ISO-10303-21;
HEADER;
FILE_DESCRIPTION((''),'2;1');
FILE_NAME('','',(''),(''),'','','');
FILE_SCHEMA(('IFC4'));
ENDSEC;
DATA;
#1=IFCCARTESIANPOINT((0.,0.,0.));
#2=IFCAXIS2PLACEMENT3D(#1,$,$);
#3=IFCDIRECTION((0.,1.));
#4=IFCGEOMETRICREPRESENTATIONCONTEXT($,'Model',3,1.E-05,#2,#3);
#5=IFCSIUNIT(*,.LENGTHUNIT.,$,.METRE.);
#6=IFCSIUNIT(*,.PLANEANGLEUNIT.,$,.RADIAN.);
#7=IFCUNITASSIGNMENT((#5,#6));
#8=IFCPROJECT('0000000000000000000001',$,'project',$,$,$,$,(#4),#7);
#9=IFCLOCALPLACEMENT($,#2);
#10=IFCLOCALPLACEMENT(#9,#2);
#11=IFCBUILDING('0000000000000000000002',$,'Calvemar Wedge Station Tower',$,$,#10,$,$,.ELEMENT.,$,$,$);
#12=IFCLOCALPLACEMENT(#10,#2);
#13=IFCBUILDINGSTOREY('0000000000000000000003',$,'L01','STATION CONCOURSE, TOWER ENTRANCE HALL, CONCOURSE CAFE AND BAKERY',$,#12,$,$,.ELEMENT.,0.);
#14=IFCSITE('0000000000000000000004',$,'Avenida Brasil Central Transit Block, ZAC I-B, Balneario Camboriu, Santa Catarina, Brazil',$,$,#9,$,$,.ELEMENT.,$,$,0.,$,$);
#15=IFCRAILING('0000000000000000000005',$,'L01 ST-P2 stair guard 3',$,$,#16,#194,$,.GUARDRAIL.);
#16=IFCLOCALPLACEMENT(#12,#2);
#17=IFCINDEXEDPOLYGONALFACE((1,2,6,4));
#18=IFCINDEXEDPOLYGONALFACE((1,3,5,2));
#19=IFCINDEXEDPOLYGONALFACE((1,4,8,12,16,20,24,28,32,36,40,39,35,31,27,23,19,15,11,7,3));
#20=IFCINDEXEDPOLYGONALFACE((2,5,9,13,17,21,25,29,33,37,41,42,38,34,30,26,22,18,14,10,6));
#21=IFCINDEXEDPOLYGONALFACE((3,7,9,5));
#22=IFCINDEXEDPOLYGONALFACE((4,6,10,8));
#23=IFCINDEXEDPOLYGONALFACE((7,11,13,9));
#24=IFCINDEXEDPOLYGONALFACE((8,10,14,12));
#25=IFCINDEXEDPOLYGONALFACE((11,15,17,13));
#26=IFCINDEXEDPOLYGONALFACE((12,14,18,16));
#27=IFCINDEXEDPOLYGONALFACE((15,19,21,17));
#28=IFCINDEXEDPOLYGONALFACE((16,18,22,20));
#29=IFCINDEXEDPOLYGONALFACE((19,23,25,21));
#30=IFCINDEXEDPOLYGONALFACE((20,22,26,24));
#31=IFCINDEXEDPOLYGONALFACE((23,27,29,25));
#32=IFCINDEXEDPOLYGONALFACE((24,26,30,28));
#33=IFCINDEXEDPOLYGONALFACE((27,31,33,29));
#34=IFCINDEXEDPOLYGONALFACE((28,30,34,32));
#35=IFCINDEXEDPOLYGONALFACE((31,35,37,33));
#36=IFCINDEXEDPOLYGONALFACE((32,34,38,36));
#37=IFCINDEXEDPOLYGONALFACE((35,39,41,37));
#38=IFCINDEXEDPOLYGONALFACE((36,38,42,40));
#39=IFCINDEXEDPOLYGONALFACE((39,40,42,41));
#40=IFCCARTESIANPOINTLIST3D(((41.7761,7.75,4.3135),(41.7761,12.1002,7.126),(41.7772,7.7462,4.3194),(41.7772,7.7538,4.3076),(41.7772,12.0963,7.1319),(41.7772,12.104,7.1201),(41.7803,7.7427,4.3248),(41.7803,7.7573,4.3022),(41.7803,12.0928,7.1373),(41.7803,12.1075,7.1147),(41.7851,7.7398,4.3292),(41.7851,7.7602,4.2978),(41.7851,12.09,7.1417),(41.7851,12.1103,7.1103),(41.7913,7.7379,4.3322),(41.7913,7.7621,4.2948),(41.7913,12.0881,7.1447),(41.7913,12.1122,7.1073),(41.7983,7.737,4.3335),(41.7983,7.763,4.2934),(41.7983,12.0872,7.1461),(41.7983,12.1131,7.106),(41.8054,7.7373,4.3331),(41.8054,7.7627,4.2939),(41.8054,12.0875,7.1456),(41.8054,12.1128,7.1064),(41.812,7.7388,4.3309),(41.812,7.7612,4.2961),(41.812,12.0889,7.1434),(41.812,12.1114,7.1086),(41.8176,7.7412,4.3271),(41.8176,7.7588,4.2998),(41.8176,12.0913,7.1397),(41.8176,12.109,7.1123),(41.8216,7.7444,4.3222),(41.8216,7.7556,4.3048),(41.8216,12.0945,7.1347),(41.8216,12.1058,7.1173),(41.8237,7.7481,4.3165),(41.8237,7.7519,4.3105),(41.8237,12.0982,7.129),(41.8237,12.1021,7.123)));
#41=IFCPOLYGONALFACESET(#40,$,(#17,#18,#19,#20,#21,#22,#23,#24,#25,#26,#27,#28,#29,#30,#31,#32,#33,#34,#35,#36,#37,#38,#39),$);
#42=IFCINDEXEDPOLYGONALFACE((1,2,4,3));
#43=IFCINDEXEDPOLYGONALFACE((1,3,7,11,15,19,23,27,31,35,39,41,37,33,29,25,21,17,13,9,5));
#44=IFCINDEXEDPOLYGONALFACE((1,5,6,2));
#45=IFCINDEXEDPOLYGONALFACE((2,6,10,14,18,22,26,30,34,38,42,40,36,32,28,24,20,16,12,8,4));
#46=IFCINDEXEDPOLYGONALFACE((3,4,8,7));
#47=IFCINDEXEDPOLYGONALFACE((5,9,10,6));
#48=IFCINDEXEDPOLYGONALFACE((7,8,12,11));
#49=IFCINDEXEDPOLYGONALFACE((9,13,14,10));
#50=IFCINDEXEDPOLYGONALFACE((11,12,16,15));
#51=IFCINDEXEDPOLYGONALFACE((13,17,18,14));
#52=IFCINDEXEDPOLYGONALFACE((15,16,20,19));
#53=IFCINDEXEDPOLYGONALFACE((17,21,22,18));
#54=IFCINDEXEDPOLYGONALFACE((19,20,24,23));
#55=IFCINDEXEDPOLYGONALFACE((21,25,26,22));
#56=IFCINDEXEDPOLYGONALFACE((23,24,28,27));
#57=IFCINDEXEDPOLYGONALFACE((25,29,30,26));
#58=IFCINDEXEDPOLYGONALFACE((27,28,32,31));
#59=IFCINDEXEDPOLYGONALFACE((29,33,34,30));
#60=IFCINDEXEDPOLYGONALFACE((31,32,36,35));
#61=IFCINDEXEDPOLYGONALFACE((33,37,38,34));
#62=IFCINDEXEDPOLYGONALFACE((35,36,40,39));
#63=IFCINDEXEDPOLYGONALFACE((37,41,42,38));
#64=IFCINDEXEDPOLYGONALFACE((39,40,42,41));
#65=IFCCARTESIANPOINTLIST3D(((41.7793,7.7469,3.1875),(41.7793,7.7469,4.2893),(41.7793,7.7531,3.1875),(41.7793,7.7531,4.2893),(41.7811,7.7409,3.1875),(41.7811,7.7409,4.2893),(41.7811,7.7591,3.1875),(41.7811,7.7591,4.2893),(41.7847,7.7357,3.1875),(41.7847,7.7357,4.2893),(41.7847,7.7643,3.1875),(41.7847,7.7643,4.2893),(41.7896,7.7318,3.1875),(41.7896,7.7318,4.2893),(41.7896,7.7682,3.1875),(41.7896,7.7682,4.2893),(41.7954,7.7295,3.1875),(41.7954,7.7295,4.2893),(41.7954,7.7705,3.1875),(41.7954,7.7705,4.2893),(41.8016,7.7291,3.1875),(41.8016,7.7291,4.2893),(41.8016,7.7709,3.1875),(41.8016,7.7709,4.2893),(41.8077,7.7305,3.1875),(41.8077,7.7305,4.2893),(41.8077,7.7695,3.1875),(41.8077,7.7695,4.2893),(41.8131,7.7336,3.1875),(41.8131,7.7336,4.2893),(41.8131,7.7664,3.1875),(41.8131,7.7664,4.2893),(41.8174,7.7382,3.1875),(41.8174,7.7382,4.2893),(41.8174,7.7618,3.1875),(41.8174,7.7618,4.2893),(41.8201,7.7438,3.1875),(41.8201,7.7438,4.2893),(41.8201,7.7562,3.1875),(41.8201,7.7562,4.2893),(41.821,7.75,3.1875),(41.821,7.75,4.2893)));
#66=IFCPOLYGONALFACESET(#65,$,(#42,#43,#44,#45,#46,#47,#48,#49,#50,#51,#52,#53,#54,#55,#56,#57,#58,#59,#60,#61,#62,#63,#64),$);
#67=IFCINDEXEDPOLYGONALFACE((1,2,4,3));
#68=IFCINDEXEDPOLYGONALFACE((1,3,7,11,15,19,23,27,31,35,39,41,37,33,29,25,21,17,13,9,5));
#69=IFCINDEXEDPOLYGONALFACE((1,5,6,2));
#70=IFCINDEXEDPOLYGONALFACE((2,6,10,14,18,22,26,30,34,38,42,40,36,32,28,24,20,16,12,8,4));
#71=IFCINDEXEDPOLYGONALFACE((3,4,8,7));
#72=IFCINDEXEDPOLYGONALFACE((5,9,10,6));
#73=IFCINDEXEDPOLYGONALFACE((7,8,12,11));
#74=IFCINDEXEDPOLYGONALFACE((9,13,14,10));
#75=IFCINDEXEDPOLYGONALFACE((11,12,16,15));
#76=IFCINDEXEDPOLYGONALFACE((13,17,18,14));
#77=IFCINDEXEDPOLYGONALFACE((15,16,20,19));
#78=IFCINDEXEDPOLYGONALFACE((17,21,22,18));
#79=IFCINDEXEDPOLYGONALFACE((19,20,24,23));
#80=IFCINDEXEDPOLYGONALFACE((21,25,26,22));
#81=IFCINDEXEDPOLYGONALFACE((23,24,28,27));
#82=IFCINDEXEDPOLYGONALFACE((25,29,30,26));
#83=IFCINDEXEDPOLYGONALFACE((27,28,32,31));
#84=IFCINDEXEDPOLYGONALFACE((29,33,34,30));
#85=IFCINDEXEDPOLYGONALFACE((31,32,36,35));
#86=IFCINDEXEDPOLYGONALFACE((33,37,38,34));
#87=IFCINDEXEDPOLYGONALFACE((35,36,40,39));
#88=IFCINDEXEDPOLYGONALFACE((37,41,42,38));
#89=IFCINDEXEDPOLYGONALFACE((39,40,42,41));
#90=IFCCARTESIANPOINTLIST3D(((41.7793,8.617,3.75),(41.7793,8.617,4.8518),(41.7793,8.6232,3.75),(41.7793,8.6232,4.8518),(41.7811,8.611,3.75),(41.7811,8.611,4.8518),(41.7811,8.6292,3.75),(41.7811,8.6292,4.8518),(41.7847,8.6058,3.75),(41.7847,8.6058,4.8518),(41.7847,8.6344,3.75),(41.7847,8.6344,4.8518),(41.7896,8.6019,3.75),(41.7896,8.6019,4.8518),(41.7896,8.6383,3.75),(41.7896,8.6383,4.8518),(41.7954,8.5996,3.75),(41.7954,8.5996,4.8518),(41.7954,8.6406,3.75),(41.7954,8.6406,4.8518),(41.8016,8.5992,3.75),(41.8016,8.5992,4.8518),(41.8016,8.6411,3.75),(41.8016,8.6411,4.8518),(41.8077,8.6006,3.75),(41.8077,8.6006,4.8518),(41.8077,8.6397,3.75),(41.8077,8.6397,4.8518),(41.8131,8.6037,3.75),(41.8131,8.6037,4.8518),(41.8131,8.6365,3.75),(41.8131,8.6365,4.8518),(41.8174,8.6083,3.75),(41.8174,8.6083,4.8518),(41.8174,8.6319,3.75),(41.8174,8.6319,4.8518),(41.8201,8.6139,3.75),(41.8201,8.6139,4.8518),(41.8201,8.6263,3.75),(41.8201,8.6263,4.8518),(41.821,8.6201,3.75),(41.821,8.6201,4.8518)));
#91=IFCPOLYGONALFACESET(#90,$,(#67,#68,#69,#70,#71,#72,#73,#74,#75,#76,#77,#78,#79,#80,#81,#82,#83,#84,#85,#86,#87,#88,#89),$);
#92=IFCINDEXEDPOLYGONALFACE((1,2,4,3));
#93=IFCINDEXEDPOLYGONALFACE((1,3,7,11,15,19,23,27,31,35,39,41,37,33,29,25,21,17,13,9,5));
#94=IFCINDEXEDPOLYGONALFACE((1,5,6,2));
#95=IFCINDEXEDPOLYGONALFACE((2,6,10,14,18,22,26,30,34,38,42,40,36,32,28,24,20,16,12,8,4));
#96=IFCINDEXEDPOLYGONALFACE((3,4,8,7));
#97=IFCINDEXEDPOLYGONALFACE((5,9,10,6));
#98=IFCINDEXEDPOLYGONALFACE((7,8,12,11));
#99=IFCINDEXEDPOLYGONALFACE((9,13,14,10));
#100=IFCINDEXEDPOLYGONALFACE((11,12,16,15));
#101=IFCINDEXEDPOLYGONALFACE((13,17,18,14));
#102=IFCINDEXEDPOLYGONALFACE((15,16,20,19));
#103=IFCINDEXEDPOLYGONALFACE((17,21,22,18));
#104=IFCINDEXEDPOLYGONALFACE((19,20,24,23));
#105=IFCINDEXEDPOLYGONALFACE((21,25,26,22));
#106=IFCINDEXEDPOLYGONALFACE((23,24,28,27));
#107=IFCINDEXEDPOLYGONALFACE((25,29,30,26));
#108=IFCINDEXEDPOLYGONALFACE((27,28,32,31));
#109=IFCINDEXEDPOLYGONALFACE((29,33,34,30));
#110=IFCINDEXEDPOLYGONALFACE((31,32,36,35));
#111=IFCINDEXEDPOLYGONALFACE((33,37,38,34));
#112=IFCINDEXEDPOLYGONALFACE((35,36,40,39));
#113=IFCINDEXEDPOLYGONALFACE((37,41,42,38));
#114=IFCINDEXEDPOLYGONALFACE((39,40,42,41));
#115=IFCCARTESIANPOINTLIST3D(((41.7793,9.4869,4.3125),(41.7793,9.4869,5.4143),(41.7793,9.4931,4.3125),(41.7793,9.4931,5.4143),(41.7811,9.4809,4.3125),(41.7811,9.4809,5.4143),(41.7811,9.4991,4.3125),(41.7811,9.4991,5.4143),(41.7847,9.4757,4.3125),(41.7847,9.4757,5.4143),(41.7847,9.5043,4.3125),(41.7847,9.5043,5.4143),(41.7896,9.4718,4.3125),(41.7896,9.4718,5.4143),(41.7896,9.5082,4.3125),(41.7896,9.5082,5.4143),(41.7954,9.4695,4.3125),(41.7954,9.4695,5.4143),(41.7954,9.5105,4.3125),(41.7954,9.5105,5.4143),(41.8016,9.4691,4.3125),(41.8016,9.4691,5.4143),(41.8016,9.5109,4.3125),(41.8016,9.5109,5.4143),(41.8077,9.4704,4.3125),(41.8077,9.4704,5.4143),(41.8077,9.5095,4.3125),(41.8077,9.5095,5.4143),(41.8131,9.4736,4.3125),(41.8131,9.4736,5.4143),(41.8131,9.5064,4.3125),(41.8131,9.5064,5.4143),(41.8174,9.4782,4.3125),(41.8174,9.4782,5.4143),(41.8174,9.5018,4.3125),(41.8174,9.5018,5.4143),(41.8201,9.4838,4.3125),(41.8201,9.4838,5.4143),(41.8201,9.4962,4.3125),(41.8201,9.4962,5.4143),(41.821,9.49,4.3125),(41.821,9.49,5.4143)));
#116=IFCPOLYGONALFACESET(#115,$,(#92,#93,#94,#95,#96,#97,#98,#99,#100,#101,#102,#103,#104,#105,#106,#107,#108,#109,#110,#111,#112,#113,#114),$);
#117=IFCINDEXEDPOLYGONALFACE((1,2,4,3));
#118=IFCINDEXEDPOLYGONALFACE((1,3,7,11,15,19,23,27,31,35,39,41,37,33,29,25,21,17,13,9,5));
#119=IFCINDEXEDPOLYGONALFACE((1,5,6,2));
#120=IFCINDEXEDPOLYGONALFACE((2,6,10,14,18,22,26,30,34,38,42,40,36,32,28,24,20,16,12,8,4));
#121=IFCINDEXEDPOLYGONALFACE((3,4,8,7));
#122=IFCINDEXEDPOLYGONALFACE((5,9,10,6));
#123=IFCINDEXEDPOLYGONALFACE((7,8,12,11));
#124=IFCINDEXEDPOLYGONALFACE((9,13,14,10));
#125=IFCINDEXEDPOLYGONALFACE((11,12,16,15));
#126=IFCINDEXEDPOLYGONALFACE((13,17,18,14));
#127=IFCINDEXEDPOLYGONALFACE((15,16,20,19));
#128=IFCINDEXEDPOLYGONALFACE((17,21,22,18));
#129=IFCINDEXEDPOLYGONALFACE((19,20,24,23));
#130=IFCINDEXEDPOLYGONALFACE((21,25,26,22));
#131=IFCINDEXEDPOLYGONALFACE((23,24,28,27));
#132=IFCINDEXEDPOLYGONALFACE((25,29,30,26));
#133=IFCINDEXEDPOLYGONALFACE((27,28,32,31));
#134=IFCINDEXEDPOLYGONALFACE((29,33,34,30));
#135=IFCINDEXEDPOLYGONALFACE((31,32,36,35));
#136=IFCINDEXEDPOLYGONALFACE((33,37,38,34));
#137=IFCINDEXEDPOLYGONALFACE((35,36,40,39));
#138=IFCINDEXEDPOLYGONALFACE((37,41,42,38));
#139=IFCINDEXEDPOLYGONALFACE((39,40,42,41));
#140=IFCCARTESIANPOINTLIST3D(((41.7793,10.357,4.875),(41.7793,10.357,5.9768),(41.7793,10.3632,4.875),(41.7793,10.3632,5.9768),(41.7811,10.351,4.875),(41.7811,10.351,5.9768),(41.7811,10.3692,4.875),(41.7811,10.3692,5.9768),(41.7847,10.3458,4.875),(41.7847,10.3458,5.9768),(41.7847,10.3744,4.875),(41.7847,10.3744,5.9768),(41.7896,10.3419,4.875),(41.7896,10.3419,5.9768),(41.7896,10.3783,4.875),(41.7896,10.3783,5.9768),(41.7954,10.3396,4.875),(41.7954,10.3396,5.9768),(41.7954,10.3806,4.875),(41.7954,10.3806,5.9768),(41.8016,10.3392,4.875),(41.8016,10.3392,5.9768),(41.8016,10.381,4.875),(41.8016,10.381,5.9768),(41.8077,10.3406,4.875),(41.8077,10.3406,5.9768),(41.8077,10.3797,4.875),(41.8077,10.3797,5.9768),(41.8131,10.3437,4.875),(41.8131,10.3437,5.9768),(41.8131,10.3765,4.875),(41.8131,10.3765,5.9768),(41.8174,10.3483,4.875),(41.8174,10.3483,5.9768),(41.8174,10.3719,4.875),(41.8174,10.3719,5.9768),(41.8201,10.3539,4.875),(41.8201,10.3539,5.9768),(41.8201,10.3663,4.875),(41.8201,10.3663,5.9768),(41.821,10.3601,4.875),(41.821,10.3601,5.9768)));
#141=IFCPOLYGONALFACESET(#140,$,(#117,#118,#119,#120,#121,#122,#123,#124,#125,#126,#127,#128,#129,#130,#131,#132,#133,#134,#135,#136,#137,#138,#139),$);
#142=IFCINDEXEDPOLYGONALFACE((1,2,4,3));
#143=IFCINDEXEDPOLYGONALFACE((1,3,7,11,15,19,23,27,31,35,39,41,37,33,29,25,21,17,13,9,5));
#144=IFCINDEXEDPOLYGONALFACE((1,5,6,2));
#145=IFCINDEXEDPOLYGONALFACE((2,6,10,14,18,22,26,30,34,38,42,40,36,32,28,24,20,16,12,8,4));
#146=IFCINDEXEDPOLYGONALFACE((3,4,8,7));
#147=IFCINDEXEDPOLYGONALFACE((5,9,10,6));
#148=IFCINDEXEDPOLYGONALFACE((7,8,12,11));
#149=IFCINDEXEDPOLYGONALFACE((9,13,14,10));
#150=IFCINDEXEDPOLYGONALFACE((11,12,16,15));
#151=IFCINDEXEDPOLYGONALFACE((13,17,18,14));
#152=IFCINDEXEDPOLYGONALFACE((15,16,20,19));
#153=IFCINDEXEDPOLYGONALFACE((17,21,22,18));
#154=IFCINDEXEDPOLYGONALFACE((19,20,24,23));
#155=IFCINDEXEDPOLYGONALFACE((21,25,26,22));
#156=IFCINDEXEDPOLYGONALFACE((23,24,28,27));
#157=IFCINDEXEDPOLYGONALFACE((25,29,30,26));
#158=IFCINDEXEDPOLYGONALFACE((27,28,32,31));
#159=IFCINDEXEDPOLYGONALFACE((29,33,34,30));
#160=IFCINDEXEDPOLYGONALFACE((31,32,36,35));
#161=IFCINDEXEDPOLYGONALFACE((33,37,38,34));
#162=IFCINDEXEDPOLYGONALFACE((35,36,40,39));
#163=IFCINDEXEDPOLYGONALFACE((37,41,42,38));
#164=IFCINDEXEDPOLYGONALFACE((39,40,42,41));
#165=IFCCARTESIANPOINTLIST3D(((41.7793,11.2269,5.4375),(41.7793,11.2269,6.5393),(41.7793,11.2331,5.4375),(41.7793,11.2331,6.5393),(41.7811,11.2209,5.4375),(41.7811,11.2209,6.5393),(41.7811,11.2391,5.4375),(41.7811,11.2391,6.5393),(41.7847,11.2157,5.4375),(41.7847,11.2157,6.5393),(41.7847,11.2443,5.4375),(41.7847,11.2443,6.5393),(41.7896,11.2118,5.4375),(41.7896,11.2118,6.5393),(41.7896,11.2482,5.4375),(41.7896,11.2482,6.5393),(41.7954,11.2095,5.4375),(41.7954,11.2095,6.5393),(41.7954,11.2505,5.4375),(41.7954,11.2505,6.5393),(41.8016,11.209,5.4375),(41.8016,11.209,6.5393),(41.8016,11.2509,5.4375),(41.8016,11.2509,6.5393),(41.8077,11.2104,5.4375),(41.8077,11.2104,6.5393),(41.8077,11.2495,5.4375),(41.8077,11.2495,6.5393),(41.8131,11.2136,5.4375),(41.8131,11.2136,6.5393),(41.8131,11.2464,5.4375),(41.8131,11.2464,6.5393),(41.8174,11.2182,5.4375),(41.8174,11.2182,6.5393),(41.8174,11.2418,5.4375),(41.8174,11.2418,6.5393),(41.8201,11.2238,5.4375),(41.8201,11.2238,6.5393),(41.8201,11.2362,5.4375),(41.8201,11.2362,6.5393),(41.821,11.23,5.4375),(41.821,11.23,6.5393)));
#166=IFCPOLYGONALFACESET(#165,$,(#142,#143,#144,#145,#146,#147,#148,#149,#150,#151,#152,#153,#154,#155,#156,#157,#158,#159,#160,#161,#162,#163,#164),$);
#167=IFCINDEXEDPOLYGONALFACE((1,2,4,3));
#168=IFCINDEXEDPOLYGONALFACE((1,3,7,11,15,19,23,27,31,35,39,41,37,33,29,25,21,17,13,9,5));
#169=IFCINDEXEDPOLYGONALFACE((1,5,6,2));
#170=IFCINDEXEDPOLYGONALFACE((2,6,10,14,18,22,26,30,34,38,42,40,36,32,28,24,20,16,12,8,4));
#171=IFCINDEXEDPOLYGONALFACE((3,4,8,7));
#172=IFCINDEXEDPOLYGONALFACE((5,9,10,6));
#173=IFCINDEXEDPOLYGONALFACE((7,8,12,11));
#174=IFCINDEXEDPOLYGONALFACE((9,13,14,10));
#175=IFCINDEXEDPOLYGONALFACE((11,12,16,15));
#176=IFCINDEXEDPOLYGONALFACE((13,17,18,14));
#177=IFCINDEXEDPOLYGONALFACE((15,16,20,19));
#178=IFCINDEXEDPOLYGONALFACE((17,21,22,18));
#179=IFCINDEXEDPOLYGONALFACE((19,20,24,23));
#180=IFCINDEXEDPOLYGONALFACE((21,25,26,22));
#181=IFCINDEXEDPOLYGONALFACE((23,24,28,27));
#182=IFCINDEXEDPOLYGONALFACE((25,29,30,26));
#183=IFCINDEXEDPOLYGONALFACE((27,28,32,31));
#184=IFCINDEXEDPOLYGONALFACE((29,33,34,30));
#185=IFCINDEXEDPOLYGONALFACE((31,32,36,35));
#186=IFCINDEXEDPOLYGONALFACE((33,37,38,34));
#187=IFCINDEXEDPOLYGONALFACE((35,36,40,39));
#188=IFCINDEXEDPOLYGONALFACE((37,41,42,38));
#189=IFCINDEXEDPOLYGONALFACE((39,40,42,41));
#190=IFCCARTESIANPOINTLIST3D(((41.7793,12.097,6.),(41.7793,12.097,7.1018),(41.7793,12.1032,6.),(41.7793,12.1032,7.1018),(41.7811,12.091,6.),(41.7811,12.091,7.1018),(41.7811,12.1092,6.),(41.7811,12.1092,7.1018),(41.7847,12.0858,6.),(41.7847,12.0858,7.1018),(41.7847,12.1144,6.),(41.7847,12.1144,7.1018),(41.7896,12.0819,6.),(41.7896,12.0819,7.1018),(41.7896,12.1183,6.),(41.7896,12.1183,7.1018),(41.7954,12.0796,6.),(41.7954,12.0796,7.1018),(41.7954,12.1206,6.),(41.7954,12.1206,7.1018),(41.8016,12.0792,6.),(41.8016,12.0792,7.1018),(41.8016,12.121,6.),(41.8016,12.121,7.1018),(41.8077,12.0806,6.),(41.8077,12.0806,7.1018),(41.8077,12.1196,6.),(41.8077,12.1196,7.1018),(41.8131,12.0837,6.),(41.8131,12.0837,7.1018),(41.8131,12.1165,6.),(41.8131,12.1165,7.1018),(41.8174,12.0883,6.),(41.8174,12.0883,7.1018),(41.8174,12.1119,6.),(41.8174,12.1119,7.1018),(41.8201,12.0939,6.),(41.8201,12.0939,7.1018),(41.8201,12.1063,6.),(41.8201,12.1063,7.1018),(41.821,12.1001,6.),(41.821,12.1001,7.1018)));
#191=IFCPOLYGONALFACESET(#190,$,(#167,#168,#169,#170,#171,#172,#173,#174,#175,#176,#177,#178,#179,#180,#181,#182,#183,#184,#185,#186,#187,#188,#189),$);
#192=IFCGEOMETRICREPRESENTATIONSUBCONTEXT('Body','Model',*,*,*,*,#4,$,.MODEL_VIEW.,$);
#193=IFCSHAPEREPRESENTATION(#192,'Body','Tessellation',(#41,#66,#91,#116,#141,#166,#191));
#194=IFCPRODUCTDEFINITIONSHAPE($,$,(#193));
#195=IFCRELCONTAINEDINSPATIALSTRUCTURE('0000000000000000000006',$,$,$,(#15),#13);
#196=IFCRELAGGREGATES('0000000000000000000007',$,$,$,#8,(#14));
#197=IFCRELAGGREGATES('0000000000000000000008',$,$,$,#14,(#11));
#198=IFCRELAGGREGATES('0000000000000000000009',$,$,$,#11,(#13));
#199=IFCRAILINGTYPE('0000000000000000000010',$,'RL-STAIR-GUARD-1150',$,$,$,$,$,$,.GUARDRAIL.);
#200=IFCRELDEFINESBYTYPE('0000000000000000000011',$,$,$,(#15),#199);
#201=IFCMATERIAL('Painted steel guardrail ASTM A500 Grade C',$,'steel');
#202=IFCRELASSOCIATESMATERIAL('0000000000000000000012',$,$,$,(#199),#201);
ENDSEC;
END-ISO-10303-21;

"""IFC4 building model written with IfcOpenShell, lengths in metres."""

from ifc_helpers import new_model, si_unit, direction, frame, origin, origin_2d, place, context, subcontext, project, spatial, circle, extrude, material, type_object, element, save


model = new_model("IFC4")

# Units and contexts
model_context = context("Model", 3, precision=1e-05, world=origin(), true_north=direction((0.0, 1.0)))
body_context = subcontext(model_context, "Body", "Model", "MODEL_VIEW")
ifc_project = project(units=[si_unit("LENGTHUNIT", "METRE"), si_unit("PLANEANGLEUNIT", "RADIAN")], contexts=[model_context])

# Site, building, storey
site_placement = place(None, origin())
site = spatial("IfcSite", under=ifc_project, at=site_placement, Name="Avenida Brasil Central Transit Block, ZAC I-B, Balneario Camboriu, Santa Catarina, Brazil", CompositionType="ELEMENT", RefElevation=0.0)
building_placement = place(site_placement, origin())
building = spatial("IfcBuilding", under=site, at=building_placement, Name="Calvemar Wedge Station Tower", CompositionType="ELEMENT")
storey_placement = place(building_placement, origin())
storey = spatial("IfcBuildingStorey", under=building, at=storey_placement, Name="L01", Description="STATION CONCOURSE, TOWER ENTRANCE HALL, CONCOURSE CAFE AND BAKERY", CompositionType="ELEMENT", Elevation=0.0)

# Railing
ifc_material_1 = material(Name="Painted steel guardrail ASTM A500 Grade C", Category="steel")
railing_type_1 = type_object("IfcRailingType", Name="RL-STAIR-GUARD-1150", PredefinedType="GUARDRAIL", material=ifc_material_1)
railing_1_placement = place(storey_placement, frame((41.8, 7.75, 3.1875)))
element("IfcRailing", 1, at=railing_1_placement, inside=storey, type_object=railing_type_1, Name="L01 ST-P2 stair guard 3", PredefinedType="GUARDRAIL", context=body_context, shape_type="SweptSolid", body=[
    extrude(circle(Radius=0.0239, at=origin_2d()), frame((0.0, 0.0, 1.126), z_axis=(0.0, 0.83977, 0.542942), x_axis=(-1.0, 0.0, 0.0)), (0.0, 0.0, 1.0), 5.1802),
    extrude(circle(Radius=0.021, at=origin_2d()), origin(), (0.0, 0.0, 1.0), 1.1018),
    extrude(circle(Radius=0.021, at=origin_2d()), frame((0.0, 0.8701, 0.5625)), (0.0, 0.0, 1.0), 1.1018),
    extrude(circle(Radius=0.021, at=origin_2d()), frame((0.0, 1.74, 1.125)), (0.0, 0.0, 1.0), 1.1018),
    extrude(circle(Radius=0.021, at=origin_2d()), frame((0.0, 2.6101, 1.6875)), (0.0, 0.0, 1.0), 1.1018),
    extrude(circle(Radius=0.021, at=origin_2d()), frame((0.0, 3.48, 2.25)), (0.0, 0.0, 1.0), 1.1018),
    extrude(circle(Radius=0.021, at=origin_2d()), frame((0.0, 4.3501, 2.8125)), (0.0, 0.0, 1.0), 1.1018),
])

save(model, "model.ifc")
